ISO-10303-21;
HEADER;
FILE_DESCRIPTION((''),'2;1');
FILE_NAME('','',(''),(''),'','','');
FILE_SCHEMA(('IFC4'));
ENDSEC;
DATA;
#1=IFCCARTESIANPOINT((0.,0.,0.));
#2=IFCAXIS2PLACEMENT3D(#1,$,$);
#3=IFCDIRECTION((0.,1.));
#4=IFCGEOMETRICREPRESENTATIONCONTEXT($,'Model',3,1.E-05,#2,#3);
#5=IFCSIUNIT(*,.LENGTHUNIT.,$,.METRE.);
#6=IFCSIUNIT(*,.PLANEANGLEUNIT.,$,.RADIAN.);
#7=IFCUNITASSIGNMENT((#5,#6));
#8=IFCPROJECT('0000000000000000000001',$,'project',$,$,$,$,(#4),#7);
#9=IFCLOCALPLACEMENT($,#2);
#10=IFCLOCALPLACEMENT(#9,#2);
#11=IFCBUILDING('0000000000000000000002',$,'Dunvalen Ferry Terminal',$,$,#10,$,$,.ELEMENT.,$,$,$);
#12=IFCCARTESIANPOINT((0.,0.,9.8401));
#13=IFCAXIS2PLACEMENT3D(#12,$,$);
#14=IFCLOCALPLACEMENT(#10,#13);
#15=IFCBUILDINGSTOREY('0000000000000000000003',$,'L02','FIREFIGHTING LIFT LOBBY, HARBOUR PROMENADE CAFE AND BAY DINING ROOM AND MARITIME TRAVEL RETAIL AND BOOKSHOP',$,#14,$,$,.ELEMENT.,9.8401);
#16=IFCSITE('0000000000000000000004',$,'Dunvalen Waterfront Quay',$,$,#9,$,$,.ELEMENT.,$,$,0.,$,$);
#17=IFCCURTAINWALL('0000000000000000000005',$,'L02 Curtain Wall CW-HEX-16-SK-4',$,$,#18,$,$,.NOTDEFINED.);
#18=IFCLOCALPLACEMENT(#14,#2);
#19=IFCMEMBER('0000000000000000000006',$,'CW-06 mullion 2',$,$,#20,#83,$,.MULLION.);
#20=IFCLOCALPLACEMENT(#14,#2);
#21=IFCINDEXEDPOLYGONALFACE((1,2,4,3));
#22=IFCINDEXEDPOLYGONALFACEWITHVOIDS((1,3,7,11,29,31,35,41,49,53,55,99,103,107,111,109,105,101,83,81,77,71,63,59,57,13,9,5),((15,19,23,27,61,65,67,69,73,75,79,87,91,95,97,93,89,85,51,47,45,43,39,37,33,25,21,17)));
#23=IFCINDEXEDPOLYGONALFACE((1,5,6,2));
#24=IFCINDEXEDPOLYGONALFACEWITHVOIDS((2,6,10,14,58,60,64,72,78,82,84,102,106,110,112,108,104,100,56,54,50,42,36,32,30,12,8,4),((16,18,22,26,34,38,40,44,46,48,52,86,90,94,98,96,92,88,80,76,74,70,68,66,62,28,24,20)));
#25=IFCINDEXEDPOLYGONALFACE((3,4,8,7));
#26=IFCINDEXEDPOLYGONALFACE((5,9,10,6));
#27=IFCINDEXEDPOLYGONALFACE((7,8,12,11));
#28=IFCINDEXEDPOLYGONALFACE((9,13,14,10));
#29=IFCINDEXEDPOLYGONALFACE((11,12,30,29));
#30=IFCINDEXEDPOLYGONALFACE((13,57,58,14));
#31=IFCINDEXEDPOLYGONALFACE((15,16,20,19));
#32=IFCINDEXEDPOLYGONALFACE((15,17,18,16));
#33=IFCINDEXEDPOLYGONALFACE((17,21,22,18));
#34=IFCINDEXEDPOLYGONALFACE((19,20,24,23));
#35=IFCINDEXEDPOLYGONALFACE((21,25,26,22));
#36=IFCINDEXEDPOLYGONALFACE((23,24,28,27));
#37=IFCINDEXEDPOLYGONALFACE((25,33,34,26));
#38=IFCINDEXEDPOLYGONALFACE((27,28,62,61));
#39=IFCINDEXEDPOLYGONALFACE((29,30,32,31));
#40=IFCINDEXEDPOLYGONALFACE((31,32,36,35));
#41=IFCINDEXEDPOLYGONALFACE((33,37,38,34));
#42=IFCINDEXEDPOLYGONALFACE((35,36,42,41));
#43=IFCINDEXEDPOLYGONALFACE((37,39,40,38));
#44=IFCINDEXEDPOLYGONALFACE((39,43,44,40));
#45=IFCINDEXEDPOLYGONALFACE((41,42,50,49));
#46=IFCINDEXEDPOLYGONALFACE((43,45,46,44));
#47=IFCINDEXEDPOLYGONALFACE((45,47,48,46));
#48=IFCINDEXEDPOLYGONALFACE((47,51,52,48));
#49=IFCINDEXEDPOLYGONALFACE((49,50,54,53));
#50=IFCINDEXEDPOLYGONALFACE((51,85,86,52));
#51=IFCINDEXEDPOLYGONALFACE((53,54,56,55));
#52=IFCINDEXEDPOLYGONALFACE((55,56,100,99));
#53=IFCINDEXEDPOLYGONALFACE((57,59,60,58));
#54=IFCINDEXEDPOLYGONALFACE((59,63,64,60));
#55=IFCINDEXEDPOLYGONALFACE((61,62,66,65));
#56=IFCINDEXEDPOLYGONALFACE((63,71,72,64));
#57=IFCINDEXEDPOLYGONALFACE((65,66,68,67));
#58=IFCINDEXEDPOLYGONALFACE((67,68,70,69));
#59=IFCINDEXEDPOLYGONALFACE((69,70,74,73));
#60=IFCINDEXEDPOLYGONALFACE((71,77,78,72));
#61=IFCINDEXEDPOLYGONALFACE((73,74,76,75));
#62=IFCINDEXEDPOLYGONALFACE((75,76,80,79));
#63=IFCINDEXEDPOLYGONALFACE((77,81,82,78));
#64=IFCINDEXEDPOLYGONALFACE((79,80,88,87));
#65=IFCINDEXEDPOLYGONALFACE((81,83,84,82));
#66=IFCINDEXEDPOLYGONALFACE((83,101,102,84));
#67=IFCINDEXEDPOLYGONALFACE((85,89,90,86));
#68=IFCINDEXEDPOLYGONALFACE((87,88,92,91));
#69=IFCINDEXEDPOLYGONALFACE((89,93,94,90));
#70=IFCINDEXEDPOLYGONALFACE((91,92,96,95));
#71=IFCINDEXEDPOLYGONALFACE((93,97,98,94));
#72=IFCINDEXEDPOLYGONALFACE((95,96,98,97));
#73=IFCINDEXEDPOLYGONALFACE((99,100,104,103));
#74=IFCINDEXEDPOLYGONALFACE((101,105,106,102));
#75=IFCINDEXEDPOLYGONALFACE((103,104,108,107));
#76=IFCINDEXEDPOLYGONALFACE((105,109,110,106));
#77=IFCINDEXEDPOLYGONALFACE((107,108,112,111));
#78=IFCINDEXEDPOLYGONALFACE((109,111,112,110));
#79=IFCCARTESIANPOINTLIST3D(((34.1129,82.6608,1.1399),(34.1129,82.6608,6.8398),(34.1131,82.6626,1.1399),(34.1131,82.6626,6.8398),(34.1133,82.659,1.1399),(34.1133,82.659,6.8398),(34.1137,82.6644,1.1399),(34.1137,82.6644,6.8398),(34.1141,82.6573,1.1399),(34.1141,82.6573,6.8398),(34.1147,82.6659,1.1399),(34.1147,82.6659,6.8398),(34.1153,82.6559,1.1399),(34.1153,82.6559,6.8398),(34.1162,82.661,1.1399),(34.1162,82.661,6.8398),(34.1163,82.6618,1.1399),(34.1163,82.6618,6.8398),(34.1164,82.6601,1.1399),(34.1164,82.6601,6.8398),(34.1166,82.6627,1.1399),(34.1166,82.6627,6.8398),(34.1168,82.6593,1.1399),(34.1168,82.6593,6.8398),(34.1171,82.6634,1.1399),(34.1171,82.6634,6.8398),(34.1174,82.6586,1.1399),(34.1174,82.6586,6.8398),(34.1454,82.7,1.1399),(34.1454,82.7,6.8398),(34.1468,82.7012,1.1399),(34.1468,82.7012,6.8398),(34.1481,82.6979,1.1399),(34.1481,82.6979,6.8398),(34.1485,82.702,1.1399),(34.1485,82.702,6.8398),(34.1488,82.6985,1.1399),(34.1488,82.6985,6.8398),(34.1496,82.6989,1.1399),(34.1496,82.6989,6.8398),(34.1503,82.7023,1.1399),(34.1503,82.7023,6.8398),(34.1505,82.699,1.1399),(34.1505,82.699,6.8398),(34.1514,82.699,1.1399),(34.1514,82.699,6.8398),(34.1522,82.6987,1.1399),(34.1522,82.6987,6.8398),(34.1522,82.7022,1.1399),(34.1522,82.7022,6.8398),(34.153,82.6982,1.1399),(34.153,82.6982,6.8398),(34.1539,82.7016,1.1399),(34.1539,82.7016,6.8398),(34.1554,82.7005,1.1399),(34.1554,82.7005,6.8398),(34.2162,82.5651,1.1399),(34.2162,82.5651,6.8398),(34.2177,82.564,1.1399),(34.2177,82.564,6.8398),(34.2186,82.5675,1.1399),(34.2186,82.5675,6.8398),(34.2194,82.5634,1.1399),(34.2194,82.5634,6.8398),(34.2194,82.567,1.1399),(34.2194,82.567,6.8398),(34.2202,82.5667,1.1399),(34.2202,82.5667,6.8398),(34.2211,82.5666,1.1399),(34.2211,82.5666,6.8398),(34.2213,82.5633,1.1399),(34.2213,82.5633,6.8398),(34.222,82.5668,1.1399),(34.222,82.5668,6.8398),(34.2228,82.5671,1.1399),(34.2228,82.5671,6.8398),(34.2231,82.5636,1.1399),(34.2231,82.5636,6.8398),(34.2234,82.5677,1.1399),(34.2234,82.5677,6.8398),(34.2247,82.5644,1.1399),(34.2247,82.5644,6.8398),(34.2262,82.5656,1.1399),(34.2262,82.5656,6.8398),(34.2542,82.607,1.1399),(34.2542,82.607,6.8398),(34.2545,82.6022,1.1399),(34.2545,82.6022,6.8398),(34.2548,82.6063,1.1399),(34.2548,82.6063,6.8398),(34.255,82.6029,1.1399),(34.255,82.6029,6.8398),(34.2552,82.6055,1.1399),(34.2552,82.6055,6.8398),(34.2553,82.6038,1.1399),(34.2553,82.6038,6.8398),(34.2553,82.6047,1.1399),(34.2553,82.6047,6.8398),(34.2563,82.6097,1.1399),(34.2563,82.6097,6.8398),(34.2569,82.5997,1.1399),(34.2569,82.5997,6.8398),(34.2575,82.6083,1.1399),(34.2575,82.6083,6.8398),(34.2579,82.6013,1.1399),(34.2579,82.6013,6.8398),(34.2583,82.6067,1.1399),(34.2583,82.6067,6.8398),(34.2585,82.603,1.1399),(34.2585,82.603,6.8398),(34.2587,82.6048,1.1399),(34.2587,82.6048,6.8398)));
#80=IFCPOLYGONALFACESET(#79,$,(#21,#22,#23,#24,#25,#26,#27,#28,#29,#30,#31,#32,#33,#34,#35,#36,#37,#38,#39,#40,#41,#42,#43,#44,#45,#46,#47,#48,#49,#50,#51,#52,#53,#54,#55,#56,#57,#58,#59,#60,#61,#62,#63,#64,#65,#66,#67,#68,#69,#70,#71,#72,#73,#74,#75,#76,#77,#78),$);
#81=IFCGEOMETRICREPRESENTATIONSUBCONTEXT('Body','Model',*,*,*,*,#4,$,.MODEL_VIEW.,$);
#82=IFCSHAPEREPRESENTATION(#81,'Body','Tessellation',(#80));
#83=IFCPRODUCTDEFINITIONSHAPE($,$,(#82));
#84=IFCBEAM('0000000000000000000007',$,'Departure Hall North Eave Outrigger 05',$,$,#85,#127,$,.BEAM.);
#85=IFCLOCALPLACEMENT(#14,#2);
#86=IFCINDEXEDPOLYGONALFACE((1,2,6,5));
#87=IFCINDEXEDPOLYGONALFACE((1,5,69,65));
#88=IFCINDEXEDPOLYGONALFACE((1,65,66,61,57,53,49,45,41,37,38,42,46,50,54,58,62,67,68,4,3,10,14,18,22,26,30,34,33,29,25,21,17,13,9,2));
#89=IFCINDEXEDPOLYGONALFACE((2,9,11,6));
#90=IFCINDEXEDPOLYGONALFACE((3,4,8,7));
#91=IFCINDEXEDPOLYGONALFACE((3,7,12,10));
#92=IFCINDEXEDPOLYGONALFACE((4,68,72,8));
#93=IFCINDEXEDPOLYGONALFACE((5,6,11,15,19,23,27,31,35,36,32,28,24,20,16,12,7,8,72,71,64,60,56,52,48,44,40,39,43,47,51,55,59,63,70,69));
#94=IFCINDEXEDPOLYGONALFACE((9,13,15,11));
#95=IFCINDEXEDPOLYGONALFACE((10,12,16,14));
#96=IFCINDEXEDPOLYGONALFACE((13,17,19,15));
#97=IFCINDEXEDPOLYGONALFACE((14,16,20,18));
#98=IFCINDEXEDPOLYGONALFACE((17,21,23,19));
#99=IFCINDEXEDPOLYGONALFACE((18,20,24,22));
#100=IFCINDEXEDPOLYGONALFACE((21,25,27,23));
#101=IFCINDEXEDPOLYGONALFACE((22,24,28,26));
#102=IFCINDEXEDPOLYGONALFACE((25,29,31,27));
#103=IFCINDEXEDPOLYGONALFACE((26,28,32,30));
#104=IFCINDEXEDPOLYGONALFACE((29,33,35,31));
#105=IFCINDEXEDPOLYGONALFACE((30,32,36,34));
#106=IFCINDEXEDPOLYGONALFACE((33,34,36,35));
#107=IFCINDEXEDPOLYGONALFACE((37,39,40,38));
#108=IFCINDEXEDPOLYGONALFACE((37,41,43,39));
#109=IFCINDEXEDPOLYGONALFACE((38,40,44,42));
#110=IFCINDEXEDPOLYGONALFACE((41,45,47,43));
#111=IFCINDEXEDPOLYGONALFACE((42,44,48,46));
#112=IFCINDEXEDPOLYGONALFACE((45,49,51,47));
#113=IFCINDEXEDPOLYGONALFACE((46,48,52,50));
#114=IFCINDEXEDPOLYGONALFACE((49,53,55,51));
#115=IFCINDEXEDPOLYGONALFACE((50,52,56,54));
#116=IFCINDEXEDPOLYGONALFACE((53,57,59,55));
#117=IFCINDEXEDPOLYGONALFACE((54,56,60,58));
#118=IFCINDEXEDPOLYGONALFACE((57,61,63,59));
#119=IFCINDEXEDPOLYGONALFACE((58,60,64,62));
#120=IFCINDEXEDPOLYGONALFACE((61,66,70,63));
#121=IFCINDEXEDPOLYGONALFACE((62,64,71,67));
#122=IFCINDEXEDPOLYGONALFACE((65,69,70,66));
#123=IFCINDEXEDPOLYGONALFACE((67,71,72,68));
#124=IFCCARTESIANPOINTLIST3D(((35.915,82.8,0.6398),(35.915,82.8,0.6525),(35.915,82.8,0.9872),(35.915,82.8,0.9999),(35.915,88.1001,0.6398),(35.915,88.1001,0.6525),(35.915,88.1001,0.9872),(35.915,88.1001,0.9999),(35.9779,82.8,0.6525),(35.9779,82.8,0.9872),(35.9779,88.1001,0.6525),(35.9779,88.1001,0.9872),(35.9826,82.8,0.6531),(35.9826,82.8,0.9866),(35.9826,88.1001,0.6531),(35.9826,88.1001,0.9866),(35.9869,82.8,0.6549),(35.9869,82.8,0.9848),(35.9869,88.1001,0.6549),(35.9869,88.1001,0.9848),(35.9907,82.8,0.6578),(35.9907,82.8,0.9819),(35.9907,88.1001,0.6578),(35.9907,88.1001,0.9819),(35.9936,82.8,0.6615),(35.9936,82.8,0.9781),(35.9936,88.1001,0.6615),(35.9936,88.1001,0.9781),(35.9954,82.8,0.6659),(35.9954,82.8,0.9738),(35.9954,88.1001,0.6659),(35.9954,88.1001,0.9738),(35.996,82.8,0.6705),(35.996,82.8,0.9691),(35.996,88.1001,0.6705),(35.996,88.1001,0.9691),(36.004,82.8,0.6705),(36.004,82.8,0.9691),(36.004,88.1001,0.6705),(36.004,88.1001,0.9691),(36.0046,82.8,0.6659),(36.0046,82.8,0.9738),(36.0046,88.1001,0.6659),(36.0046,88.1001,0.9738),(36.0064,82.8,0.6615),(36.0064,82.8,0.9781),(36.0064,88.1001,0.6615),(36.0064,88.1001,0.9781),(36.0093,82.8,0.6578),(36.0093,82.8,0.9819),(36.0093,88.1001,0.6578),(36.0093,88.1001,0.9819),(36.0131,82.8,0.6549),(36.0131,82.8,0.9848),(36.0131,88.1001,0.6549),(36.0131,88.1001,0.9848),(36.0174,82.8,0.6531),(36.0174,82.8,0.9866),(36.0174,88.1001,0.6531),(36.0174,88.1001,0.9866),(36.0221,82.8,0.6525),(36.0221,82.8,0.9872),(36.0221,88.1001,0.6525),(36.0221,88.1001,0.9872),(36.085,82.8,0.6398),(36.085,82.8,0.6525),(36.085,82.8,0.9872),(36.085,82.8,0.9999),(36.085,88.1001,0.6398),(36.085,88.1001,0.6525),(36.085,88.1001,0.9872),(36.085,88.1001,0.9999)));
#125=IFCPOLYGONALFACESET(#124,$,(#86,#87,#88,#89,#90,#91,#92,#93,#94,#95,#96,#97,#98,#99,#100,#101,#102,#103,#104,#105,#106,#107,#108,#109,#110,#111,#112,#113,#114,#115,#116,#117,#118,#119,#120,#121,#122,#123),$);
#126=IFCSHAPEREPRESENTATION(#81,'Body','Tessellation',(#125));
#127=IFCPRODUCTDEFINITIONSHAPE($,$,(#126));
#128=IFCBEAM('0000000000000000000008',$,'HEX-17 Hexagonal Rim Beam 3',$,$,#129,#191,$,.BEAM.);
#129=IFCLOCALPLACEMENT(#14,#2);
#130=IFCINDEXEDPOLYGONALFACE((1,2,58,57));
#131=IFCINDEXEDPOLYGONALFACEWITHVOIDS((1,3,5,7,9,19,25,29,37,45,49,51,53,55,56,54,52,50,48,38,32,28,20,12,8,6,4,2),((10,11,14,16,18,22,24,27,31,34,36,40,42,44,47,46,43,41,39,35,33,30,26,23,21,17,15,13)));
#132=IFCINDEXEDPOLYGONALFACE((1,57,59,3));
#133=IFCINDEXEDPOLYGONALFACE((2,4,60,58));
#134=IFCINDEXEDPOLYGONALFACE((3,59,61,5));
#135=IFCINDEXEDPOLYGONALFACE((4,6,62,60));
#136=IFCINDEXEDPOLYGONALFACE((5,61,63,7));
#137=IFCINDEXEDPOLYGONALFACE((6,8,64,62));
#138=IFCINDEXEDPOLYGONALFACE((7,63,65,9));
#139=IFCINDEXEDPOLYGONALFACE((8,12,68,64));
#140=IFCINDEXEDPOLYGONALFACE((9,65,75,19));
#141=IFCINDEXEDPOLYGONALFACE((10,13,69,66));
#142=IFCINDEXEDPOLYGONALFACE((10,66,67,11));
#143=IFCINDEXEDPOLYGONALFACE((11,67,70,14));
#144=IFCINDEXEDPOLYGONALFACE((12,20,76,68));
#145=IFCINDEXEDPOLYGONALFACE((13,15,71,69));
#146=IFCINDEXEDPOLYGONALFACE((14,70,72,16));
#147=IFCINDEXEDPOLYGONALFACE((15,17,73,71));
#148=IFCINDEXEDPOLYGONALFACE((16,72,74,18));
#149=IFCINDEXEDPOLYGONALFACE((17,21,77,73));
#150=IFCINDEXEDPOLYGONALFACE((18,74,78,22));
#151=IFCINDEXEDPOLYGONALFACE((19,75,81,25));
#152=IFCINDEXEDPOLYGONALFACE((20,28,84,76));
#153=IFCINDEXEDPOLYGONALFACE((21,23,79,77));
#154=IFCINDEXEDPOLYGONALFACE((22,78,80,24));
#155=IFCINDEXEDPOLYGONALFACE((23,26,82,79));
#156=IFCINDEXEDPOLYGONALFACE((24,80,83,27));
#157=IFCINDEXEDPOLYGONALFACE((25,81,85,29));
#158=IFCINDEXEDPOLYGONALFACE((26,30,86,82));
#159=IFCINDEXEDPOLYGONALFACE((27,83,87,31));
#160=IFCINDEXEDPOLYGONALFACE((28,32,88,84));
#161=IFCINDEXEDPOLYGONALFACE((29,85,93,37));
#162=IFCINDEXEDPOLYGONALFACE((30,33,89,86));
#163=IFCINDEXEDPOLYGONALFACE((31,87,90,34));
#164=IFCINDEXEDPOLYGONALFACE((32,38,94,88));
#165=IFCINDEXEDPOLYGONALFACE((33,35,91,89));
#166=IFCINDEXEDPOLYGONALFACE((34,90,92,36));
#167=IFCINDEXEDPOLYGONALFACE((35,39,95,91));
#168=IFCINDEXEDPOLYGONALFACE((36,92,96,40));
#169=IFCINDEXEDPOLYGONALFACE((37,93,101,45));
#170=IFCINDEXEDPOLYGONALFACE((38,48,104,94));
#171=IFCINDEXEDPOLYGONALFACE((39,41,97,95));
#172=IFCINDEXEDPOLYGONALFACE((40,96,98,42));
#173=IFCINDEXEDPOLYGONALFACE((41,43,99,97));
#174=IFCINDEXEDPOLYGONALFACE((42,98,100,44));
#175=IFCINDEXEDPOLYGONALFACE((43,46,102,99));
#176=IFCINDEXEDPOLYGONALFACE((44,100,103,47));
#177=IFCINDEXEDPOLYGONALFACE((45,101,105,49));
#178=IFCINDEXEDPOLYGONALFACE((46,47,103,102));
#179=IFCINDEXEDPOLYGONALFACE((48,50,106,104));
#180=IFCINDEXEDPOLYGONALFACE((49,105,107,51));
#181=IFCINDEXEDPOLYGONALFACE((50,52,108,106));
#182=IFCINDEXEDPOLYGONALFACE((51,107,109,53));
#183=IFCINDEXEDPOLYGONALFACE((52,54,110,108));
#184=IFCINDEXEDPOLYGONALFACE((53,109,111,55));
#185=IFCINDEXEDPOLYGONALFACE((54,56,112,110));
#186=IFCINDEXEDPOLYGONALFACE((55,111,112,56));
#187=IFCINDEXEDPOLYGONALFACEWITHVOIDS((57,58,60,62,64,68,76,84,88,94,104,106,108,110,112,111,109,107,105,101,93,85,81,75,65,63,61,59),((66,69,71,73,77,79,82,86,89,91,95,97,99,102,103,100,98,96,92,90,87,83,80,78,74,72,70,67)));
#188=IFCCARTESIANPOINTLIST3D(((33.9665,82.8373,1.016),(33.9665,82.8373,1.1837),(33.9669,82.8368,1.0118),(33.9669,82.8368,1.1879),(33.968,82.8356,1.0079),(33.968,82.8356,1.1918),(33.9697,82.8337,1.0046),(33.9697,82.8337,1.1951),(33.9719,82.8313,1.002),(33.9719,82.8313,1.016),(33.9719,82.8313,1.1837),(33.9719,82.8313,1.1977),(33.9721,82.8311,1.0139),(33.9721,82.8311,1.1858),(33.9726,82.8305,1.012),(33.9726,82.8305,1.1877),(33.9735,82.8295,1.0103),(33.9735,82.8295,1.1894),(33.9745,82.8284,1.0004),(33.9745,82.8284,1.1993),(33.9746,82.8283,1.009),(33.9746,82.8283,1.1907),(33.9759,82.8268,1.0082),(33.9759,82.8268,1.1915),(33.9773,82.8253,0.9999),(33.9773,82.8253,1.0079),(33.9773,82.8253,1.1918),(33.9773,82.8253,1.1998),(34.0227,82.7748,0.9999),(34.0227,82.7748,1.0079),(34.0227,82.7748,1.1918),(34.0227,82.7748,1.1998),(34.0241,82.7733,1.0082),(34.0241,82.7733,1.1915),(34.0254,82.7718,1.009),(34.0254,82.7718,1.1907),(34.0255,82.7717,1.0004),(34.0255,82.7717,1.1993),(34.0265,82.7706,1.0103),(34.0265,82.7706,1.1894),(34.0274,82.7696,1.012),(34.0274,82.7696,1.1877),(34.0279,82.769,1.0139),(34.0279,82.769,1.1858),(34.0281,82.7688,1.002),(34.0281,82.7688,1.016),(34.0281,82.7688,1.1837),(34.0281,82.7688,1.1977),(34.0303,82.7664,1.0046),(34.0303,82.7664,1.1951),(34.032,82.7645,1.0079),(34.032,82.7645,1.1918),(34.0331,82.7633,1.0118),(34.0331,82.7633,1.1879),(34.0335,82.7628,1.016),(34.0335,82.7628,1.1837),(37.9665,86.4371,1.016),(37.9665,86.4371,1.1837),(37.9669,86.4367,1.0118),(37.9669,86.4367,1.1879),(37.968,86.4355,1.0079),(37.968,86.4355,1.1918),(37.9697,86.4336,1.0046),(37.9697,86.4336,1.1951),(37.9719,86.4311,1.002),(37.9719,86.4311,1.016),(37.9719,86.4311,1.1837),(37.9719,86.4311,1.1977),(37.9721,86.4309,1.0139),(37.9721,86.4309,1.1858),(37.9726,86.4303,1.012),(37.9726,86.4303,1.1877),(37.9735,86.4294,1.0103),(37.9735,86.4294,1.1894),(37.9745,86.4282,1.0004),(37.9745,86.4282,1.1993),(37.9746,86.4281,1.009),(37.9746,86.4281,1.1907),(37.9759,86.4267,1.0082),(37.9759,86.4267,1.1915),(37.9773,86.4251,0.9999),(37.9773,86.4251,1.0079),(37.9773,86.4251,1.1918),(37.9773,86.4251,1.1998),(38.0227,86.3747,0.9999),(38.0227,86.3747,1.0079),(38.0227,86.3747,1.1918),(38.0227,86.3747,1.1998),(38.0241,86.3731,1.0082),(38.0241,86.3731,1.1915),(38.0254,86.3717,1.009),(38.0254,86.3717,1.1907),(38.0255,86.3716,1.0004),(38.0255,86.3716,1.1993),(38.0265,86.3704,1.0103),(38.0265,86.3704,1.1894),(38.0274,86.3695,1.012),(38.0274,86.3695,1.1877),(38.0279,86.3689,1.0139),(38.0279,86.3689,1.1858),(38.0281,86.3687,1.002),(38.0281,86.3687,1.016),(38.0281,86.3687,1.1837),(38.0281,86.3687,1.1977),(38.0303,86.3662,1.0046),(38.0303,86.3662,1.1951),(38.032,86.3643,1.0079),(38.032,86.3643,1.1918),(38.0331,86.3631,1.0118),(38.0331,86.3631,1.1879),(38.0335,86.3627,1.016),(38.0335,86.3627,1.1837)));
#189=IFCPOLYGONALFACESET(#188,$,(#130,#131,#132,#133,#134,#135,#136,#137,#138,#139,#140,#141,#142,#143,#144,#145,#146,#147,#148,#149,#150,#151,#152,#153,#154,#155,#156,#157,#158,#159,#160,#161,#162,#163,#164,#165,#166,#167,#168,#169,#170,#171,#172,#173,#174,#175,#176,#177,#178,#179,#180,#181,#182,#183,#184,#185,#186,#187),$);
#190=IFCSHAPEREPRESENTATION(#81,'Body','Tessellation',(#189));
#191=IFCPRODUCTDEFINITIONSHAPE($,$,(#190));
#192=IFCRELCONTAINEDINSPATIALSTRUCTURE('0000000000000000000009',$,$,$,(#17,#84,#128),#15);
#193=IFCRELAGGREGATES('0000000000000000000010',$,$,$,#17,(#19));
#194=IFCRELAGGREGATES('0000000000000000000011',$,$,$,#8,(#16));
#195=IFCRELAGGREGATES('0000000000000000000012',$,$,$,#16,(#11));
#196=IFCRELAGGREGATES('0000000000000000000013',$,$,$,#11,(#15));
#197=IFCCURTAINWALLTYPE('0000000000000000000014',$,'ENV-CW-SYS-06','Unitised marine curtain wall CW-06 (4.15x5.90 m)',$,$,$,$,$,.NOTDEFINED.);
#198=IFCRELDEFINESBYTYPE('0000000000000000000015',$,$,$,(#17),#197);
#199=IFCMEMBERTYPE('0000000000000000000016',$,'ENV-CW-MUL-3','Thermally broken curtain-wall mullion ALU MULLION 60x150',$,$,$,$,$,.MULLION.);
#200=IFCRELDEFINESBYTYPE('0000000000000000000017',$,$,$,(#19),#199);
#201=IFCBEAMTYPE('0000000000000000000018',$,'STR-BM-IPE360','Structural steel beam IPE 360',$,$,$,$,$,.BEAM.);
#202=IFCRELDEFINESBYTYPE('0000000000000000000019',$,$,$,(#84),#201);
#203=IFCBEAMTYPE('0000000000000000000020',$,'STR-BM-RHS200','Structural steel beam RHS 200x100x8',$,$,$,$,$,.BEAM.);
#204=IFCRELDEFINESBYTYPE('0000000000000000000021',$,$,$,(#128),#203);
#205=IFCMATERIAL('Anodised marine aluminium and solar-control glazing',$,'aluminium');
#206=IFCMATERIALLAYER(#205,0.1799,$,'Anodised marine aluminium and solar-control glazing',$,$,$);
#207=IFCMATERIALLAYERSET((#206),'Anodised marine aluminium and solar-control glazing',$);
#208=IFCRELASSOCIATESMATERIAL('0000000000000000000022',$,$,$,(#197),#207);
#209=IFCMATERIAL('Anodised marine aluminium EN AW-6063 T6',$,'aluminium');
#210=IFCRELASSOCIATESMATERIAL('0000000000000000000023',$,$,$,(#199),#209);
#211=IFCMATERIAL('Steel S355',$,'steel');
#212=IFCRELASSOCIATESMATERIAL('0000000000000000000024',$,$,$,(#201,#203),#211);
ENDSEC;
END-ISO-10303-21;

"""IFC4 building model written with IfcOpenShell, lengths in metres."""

from ifc_helpers import new_model, si_unit, direction, frame, origin, origin_2d, place, context, subcontext, project, spatial, hollow_rectangle, i_section, extrude, material, layer, layer_set, material_profile, profile_set, type_object, element, aggregate, save


model = new_model("IFC4")

# Units and contexts
model_context = context("Model", 3, precision=1e-05, world=origin(), true_north=direction((0.0, 1.0)))
body_context = subcontext(model_context, "Body", "Model", "MODEL_VIEW")
ifc_project = project(units=[si_unit("LENGTHUNIT", "METRE"), si_unit("PLANEANGLEUNIT", "RADIAN")], contexts=[model_context])

# Site, building, storey
site_placement = place(None, origin())
site = spatial("IfcSite", under=ifc_project, at=site_placement, Name="Dunvalen Waterfront Quay", CompositionType="ELEMENT", RefElevation=0.0)
building_placement = place(site_placement, origin())
building = spatial("IfcBuilding", under=site, at=building_placement, Name="Dunvalen Ferry Terminal", CompositionType="ELEMENT")
storey_placement = place(building_placement, frame((0.0, 0.0, 9.8401)))
storey = spatial("IfcBuildingStorey", under=building, at=storey_placement, Name="L02", Description="FIREFIGHTING LIFT LOBBY, HARBOUR PROMENADE CAFE AND BAY DINING ROOM AND MARITIME TRAVEL RETAIL AND BOOKSHOP", CompositionType="ELEMENT", Elevation=9.8401)

# Curtain wall, member
ifc_material_1 = material(Name="Anodised marine aluminium and solar-control glazing", Category="aluminium")
ifc_layer_1 = layer(ifc_material_1, 0.1799, Name="Anodised marine aluminium and solar-control glazing")
ifc_layer_set_1 = layer_set([ifc_layer_1], Name="Anodised marine aluminium and solar-control glazing")
curtain_wall_type = type_object("IfcCurtainWallType", Name="ENV-CW-SYS-06", Description="Unitised marine curtain wall CW-06 (4.15x5.90 m)", PredefinedType="NOTDEFINED", material=ifc_layer_set_1)
curtain_wall_placement = place(storey_placement, origin())
curtain_wall = element("IfcCurtainWall", 1, at=curtain_wall_placement, inside=storey, type_object=curtain_wall_type, Name="L02 Curtain Wall CW-HEX-16-SK-4", PredefinedType="NOTDEFINED")
ifc_material_2 = material(Name="Anodised marine aluminium EN AW-6063 T6", Category="aluminium")
ifc_material_profile_1 = material_profile(ifc_material_2, hollow_rectangle(XDim=0.0601, YDim=0.1499, WallThickness=0.0034, InnerFilletRadius=0.0034, OuterFilletRadius=0.0071, at=origin_2d()), Name="Anodised marine aluminium EN AW-6063 T6")
ifc_profile_set_1 = profile_set([ifc_material_profile_1], Name="Anodised marine aluminium EN AW-6063 T6")
member_type_1 = type_object("IfcMemberType", Name="ENV-CW-MUL-3", Description="Thermally broken curtain-wall mullion ALU MULLION 60x150", PredefinedType="MULLION", material=ifc_profile_set_1)
member_1_placement = place(storey_placement, frame((34.1858, 82.6328, 1.1399), z_axis=(0.0, 0.0, 1.0), x_axis=(-0.668954, -0.743304, 0.0)))
member_1 = element("IfcMember", 2, at=member_1_placement, type_object=member_type_1, Name="CW-06 mullion 2", PredefinedType="MULLION", context=body_context, shape_type="SweptSolid", body=[
    extrude(hollow_rectangle(XDim=0.0601, YDim=0.1499, WallThickness=0.0034, InnerFilletRadius=0.0034, OuterFilletRadius=0.0071, at=origin_2d()), origin(), (0.0, 0.0, 1.0), 5.7),
])

# Beams
ifc_material_3 = material(Name="Steel S355", Category="steel")
ifc_material_profile_2 = material_profile(ifc_material_3, i_section(OverallWidth=0.1699, OverallDepth=0.3601, WebThickness=0.0081, FlangeThickness=0.0127, FilletRadius=0.0181, at=origin_2d()), Name="Steel S355")
ifc_profile_set_2 = profile_set([ifc_material_profile_2], Name="Steel S355")
beam_type_1 = type_object("IfcBeamType", Name="STR-BM-IPE360", Description="Structural steel beam IPE 360", PredefinedType="BEAM", material=ifc_profile_set_2)
beam_1_placement = place(storey_placement, frame((36.0, 82.8, 0.8198), z_axis=(0.0, 1.0, 0.0), x_axis=(-1.0, 0.0, 0.0)))
element("IfcBeam", 3, at=beam_1_placement, inside=storey, type_object=beam_type_1, Name="Departure Hall North Eave Outrigger 05", PredefinedType="BEAM", context=body_context, shape_type="SweptSolid", body=[
    extrude(i_section(OverallWidth=0.1699, OverallDepth=0.3601, WebThickness=0.0081, FlangeThickness=0.0127, FilletRadius=0.0181, at=origin_2d()), origin(), (0.0, 0.0, 1.0), 5.3),
])
ifc_material_profile_3 = material_profile(ifc_material_3, hollow_rectangle(XDim=0.1001, YDim=0.2, WallThickness=0.0081, InnerFilletRadius=0.0081, OuterFilletRadius=0.0161, at=origin_2d()), Name="Steel S355")
ifc_profile_set_3 = profile_set([ifc_material_profile_3], Name="Steel S355")
beam_type_2 = type_object("IfcBeamType", Name="STR-BM-RHS200", Description="Structural steel beam RHS 200x100x8", PredefinedType="BEAM", material=ifc_profile_set_3)
beam_2_placement = place(storey_placement, frame((34.0, 82.8, 1.0999), z_axis=(0.743308, 0.66895, 0.0), x_axis=(-0.66895, 0.743308, 0.0)))
element("IfcBeam", 4, at=beam_2_placement, inside=storey, type_object=beam_type_2, Name="HEX-17 Hexagonal Rim Beam 3", PredefinedType="BEAM", context=body_context, shape_type="SweptSolid", body=[
    extrude(hollow_rectangle(XDim=0.1001, YDim=0.2, WallThickness=0.0081, InnerFilletRadius=0.0081, OuterFilletRadius=0.0161, at=origin_2d()), origin(), (0.0, 0.0, 1.0), 5.3813),
])

aggregate(curtain_wall, [member_1])

save(model, "model.ifc")
